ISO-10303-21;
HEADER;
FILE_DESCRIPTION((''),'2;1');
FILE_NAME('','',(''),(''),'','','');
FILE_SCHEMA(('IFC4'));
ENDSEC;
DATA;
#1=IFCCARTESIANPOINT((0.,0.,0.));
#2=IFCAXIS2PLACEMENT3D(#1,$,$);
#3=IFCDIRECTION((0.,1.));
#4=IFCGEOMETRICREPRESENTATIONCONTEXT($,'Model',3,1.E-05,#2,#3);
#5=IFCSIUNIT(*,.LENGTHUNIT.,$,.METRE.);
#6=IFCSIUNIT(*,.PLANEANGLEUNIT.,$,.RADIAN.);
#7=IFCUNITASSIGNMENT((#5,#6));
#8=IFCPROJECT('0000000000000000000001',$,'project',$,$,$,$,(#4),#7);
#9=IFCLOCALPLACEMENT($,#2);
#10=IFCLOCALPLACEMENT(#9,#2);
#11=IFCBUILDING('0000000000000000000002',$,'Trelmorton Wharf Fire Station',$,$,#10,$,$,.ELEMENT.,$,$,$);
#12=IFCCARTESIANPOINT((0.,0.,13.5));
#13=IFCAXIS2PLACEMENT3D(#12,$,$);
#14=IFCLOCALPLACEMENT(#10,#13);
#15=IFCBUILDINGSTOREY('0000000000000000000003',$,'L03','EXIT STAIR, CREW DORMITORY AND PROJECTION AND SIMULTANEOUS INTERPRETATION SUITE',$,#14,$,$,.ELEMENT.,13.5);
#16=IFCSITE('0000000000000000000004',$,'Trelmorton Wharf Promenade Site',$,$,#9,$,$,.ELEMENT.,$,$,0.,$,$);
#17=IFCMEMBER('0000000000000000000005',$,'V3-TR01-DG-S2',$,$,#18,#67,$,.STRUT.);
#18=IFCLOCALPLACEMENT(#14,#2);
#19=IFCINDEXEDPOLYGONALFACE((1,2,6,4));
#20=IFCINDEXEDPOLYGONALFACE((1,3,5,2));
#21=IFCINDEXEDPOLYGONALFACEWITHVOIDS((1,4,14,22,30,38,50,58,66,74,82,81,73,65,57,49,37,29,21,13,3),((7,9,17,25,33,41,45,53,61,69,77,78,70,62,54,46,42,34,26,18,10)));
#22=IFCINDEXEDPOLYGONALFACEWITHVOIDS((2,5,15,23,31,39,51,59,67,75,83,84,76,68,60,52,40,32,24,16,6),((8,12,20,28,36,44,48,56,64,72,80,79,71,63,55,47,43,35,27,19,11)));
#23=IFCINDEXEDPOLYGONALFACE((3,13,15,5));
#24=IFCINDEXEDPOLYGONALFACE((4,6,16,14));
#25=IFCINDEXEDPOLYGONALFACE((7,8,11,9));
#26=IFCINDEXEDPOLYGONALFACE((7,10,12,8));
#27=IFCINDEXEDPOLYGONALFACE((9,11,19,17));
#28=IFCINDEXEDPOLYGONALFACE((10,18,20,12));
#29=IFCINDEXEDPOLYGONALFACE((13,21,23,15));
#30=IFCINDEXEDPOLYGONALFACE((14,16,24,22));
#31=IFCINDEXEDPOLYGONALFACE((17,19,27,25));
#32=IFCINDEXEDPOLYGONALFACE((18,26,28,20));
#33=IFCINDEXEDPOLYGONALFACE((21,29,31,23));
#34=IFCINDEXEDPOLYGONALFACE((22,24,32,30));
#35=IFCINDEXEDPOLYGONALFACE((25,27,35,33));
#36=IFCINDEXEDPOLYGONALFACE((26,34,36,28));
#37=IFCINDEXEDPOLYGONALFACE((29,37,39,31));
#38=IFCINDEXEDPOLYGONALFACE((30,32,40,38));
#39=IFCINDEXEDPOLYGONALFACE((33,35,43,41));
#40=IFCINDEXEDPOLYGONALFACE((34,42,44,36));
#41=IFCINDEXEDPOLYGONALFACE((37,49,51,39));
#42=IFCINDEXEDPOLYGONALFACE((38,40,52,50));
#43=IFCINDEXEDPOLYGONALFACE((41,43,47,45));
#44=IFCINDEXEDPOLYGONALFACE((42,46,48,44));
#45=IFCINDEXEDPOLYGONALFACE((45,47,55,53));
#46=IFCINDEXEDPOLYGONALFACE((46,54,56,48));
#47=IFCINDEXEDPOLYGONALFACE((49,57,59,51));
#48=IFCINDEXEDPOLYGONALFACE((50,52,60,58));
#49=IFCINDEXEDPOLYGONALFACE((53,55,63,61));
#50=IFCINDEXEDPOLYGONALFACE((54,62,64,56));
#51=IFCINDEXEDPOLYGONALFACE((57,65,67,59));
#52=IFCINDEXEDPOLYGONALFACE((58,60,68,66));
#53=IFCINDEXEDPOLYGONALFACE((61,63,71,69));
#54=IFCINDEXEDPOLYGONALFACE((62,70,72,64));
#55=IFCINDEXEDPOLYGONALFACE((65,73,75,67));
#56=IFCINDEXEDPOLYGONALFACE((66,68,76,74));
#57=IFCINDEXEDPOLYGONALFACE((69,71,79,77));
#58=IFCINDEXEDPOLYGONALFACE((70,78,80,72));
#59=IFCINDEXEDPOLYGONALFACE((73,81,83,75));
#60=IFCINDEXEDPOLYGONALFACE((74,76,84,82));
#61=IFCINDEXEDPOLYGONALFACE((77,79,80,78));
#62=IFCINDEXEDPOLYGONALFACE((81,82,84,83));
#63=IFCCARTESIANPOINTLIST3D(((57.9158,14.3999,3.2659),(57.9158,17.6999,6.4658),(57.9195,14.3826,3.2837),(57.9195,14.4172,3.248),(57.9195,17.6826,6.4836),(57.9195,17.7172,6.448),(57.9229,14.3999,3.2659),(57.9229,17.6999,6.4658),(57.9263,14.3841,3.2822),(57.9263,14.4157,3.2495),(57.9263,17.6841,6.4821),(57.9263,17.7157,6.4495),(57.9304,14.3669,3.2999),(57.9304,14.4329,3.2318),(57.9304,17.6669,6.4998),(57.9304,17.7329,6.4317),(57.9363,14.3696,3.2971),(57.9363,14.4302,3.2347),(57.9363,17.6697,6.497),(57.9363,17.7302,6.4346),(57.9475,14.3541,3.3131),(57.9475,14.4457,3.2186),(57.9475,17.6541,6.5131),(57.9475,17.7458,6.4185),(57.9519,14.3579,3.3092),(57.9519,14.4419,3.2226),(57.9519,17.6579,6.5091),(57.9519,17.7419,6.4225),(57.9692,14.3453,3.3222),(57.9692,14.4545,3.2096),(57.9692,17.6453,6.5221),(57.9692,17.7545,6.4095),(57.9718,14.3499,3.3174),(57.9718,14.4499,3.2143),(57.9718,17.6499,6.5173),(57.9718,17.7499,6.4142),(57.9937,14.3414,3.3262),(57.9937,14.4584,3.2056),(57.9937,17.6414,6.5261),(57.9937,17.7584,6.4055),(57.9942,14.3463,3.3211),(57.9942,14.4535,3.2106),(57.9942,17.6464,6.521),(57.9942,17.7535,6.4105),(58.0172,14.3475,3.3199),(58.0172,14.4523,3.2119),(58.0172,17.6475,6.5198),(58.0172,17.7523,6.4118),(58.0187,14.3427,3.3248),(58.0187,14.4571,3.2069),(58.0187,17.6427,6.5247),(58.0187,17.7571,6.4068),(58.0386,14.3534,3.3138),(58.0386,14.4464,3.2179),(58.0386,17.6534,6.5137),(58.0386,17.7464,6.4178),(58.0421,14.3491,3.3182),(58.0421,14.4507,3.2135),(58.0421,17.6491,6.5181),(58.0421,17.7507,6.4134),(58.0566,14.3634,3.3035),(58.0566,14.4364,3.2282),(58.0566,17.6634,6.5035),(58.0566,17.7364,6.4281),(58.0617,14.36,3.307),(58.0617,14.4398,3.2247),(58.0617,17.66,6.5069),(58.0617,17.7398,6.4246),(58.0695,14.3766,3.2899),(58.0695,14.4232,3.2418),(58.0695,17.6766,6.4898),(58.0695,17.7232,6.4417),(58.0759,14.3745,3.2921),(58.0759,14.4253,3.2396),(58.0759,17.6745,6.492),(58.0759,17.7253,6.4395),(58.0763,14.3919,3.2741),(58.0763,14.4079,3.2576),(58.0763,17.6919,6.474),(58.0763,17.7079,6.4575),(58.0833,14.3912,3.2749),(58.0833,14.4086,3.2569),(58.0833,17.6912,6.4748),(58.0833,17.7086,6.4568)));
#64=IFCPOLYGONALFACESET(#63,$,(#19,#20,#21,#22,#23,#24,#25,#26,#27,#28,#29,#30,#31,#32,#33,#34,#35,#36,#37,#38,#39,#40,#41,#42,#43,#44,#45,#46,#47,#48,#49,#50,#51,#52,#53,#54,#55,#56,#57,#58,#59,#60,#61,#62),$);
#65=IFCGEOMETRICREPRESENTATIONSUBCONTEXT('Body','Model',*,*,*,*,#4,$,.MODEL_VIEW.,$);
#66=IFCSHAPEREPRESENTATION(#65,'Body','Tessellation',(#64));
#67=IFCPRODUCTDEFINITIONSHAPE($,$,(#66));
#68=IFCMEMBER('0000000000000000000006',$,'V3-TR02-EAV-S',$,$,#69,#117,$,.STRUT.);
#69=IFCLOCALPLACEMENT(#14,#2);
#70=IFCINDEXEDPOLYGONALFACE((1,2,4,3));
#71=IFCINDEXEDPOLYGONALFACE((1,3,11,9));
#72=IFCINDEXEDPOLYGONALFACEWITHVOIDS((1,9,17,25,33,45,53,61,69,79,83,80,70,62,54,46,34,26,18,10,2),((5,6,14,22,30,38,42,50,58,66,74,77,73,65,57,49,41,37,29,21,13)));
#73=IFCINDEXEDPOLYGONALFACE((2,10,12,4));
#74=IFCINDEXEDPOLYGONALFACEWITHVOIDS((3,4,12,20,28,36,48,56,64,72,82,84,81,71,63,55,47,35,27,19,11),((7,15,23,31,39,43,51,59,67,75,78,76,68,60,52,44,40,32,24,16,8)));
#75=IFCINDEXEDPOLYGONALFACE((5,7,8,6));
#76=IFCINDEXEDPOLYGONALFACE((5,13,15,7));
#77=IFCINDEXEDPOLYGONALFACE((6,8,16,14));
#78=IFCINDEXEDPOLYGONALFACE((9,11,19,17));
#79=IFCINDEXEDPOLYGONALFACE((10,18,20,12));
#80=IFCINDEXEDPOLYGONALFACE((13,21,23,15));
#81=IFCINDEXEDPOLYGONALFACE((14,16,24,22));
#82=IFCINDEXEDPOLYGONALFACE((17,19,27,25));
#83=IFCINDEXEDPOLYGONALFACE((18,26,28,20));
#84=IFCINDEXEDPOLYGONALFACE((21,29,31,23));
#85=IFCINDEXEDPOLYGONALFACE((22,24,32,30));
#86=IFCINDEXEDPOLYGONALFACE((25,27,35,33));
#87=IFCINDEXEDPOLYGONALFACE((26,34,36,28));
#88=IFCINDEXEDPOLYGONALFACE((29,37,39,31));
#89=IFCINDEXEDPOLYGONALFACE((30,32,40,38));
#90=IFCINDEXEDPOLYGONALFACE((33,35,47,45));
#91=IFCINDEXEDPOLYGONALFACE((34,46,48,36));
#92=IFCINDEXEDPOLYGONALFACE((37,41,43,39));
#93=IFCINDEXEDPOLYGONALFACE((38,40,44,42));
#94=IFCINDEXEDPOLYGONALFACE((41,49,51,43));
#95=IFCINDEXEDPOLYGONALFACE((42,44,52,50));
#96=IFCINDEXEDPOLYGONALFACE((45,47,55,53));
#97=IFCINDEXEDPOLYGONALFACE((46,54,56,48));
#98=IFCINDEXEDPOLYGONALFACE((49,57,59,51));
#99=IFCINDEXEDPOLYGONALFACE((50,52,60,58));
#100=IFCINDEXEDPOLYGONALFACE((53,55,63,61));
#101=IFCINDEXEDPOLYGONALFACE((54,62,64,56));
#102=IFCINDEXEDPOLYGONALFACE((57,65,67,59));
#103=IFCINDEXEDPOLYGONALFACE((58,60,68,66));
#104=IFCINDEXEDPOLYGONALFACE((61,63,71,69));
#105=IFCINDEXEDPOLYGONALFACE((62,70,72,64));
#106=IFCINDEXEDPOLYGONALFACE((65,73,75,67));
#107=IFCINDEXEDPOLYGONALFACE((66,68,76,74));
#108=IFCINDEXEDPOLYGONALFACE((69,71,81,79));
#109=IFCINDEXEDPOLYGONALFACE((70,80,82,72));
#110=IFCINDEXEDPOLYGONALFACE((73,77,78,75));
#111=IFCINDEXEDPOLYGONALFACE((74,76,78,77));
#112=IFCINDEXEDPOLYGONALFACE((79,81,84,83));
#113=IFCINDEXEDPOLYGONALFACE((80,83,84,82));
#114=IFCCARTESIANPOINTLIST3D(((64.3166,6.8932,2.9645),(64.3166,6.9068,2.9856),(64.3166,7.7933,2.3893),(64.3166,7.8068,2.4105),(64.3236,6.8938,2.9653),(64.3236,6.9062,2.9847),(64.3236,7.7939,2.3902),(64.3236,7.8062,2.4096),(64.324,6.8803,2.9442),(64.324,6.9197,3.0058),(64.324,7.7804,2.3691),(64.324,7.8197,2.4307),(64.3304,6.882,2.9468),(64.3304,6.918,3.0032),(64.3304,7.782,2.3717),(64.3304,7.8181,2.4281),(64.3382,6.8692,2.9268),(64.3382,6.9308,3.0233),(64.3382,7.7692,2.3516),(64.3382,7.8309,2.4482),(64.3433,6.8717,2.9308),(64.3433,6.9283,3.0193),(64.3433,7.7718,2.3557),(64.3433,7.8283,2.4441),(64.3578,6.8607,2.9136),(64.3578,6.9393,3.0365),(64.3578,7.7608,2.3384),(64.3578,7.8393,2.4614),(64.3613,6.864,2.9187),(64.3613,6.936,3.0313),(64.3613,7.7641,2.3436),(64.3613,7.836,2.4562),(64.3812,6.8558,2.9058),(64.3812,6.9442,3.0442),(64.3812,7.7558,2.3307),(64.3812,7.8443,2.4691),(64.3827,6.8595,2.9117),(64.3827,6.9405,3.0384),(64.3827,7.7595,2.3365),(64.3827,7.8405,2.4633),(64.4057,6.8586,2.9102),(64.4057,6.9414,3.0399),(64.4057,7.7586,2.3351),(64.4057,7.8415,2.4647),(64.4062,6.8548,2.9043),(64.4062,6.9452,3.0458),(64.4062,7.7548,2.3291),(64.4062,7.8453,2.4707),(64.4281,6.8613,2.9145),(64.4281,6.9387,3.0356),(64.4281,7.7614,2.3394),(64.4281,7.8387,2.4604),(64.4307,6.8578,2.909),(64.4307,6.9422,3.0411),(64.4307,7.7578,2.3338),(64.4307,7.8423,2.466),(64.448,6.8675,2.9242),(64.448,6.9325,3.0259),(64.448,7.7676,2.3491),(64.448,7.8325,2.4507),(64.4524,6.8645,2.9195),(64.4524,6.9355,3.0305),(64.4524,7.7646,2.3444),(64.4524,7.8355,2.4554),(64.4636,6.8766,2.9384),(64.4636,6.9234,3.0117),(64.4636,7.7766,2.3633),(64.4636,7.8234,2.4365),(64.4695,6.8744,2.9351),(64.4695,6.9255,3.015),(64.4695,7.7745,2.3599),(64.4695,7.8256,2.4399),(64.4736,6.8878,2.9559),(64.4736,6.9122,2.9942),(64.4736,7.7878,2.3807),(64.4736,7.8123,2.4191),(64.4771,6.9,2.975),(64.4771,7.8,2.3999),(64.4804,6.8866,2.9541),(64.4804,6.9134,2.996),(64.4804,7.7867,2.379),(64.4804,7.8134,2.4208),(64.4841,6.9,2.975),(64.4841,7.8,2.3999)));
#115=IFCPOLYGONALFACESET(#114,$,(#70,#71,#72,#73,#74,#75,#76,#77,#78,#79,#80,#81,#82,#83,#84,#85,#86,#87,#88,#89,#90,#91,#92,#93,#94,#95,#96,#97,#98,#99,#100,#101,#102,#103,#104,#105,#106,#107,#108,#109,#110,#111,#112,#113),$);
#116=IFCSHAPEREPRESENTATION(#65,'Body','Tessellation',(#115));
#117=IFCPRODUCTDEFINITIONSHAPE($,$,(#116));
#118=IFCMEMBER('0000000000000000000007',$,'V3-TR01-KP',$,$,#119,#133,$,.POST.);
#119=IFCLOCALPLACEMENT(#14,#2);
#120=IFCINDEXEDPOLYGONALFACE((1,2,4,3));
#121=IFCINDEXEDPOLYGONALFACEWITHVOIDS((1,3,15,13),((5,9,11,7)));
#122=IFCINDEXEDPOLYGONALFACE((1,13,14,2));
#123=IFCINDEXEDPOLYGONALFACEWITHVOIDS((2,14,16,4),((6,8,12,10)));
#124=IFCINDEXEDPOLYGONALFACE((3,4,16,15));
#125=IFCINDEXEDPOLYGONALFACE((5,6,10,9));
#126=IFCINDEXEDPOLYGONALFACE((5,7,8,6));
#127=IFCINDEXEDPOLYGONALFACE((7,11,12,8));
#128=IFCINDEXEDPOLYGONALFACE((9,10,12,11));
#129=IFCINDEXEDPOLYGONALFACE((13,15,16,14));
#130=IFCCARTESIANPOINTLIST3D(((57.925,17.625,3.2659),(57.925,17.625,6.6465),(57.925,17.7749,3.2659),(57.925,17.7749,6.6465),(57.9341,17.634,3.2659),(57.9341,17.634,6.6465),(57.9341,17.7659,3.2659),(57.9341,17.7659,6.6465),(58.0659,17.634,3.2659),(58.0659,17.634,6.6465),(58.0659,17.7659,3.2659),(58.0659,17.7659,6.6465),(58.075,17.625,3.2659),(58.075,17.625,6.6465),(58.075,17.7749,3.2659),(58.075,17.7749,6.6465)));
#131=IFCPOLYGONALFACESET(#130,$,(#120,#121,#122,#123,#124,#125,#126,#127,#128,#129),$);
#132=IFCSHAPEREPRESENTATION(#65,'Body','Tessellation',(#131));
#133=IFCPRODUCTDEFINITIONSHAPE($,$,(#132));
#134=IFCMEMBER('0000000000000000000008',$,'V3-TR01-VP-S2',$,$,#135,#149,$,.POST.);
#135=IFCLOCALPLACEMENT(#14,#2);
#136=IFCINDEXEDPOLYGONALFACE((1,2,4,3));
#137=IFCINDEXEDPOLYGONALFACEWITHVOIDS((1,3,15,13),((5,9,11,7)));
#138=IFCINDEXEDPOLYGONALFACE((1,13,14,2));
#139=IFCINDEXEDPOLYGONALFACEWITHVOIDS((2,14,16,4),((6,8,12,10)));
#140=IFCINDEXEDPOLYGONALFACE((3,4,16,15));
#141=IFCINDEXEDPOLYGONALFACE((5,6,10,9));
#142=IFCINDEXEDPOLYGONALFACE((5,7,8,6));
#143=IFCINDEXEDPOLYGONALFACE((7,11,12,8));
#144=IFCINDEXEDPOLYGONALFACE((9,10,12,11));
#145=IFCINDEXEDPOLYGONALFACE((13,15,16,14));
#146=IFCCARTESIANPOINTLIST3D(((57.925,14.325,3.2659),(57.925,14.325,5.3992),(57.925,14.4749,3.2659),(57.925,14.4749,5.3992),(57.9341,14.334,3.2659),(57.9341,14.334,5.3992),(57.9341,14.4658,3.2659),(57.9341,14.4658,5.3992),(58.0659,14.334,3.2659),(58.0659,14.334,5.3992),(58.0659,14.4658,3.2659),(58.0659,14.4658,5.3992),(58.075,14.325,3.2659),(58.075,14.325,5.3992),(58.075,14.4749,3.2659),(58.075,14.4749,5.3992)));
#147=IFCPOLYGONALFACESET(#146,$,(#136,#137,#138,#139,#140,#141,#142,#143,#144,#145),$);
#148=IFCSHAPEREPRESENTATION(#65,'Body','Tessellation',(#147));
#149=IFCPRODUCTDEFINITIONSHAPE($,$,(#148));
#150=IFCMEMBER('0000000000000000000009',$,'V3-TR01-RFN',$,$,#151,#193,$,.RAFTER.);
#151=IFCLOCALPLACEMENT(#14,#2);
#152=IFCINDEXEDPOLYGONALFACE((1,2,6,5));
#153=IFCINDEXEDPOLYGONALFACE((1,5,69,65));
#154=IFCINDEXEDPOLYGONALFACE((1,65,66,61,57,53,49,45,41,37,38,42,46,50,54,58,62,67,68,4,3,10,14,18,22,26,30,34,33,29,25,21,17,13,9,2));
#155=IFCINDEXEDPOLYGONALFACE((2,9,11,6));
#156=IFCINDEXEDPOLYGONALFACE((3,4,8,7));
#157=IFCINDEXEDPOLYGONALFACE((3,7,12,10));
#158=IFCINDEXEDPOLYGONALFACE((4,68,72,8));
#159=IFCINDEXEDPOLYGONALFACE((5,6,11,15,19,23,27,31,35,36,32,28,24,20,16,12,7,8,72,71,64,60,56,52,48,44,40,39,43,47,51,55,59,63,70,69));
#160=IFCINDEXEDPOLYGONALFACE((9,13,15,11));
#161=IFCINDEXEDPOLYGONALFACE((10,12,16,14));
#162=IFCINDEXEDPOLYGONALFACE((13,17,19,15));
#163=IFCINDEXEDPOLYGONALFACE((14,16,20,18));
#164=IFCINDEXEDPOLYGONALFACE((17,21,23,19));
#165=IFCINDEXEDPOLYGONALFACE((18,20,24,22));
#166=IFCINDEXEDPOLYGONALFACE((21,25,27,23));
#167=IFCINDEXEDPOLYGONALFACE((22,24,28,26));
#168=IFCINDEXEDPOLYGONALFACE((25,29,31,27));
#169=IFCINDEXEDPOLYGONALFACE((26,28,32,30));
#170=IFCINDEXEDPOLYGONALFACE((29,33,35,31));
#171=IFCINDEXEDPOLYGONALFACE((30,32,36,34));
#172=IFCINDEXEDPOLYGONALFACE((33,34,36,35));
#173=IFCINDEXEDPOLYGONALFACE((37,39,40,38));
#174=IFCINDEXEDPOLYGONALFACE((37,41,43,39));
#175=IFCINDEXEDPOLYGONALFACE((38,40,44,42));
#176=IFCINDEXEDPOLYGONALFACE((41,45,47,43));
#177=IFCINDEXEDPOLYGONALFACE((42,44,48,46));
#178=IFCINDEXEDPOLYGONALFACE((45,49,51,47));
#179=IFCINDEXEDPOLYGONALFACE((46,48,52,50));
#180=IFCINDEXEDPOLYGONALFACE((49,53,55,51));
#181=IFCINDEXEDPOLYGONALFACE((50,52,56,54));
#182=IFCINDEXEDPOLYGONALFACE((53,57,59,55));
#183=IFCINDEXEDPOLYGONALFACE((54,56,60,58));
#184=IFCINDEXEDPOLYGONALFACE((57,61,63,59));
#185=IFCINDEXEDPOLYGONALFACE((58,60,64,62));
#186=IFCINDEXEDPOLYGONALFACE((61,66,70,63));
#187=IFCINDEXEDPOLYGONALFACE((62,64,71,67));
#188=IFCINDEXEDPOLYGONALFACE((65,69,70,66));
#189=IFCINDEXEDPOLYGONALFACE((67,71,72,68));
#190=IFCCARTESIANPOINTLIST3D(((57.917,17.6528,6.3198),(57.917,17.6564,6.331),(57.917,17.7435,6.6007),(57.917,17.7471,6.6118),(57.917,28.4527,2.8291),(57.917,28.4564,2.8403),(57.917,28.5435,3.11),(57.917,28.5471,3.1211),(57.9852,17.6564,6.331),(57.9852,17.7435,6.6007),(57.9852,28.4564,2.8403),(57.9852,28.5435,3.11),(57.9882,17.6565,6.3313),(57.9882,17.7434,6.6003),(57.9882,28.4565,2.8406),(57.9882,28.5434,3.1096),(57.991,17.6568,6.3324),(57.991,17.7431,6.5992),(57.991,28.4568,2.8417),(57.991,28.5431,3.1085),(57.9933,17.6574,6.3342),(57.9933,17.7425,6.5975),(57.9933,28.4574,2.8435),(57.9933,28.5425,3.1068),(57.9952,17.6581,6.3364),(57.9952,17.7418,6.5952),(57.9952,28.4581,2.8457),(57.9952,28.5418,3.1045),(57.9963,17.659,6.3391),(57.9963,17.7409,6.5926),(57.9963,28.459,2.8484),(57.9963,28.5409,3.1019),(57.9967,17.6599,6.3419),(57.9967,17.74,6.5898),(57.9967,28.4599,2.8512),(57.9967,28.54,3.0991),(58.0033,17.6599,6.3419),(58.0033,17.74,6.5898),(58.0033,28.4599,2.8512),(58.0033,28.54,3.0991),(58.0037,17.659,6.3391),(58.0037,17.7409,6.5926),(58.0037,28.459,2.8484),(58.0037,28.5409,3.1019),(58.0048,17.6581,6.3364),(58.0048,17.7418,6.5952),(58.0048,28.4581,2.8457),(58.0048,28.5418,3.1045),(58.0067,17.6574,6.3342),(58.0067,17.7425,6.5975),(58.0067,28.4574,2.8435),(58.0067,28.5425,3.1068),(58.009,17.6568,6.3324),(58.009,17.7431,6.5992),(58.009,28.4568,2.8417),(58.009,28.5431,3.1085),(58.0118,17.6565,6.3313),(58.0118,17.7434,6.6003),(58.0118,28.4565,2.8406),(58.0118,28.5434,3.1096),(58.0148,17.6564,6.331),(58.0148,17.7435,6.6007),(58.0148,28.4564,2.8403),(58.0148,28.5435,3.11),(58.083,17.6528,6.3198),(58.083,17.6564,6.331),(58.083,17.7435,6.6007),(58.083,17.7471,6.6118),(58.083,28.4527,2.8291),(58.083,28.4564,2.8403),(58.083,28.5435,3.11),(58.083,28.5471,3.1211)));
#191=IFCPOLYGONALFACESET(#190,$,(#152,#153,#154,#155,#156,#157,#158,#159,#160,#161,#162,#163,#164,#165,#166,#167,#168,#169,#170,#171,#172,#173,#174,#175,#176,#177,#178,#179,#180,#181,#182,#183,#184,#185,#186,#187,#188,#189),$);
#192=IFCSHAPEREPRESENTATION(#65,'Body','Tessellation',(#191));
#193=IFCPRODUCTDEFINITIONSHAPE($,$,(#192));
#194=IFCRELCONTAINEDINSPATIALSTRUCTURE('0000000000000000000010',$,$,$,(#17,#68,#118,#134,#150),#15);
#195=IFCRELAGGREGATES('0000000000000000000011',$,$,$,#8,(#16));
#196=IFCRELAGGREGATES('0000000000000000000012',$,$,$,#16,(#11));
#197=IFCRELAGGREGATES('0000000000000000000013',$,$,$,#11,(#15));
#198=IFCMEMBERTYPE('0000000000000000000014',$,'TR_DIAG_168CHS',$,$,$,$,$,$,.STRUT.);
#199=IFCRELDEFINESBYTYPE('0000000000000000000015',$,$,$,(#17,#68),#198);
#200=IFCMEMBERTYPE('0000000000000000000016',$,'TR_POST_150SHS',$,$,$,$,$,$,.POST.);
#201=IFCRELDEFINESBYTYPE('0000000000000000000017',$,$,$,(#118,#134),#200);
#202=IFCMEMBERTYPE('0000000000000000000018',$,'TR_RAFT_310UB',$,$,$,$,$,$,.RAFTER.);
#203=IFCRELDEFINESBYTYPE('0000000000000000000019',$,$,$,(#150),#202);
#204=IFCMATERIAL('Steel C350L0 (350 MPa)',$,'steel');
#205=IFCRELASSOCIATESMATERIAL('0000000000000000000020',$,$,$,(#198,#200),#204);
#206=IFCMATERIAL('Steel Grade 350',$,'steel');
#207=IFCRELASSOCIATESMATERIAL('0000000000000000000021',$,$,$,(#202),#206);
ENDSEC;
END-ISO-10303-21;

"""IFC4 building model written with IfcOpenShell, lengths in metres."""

from ifc_helpers import new_model, si_unit, direction, frame, origin, origin_2d, place, context, subcontext, project, spatial, hollow_rectangle, hollow_circle, i_section, extrude, material, material_profile, profile_set, type_object, element, save


model = new_model("IFC4")

# Units and contexts
model_context = context("Model", 3, precision=1e-05, world=origin(), true_north=direction((0.0, 1.0)))
body_context = subcontext(model_context, "Body", "Model", "MODEL_VIEW")
ifc_project = project(units=[si_unit("LENGTHUNIT", "METRE"), si_unit("PLANEANGLEUNIT", "RADIAN")], contexts=[model_context])

# Site, building, storey
site_placement = place(None, origin())
site = spatial("IfcSite", under=ifc_project, at=site_placement, Name="Trelmorton Wharf Promenade Site", CompositionType="ELEMENT", RefElevation=0.0)
building_placement = place(site_placement, origin())
building = spatial("IfcBuilding", under=site, at=building_placement, Name="Trelmorton Wharf Fire Station", CompositionType="ELEMENT")
storey_placement = place(building_placement, frame((0.0, 0.0, 13.5)))
storey = spatial("IfcBuildingStorey", under=building, at=storey_placement, Name="L03", Description="EXIT STAIR, CREW DORMITORY AND PROJECTION AND SIMULTANEOUS INTERPRETATION SUITE", CompositionType="ELEMENT", Elevation=13.5)

# Shared definitions
ifc_material_1 = material(Name="Steel Grade 350", Category="steel")

# Members
ifc_material_2 = material(Name="Steel C350L0 (350 MPa)", Category="steel")
ifc_material_profile_1 = material_profile(ifc_material_2, hollow_circle(Radius=0.0842, WallThickness=0.0071, at=origin_2d()), Name="168.3x7.1CHS")
ifc_profile_set_1 = profile_set([ifc_material_profile_1], Name="Steel C350L0 (350 MPa)")
member_type_1 = type_object("IfcMemberType", Name="TR_DIAG_168CHS", PredefinedType="STRUT", material=ifc_profile_set_1)
member_1_placement = place(storey_placement, frame((58.0, 14.3999, 3.2659), z_axis=(0.0, 0.717911, 0.696135), x_axis=(-1.0, 0.0, 0.0)))
element("IfcMember", 1, at=member_1_placement, inside=storey, type_object=member_type_1, Name="V3-TR01-DG-S2", PredefinedType="STRUT", context=body_context, shape_type="SweptSolid", body=[
    extrude(hollow_circle(Radius=0.0842, WallThickness=0.0071, at=origin_2d()), origin(), (0.0, 0.0, 1.0), 4.5967),
])
member_2_placement = place(storey_placement, frame((64.3999, 7.8, 2.3999), z_axis=(0.0, -0.842653, 0.538457), x_axis=(1.0, 0.0, 0.0)))
element("IfcMember", 2, at=member_2_placement, inside=storey, type_object=member_type_1, Name="V3-TR02-EAV-S", PredefinedType="STRUT", context=body_context, shape_type="SweptSolid", body=[
    extrude(hollow_circle(Radius=0.0842, WallThickness=0.0071, at=origin_2d()), origin(), (0.0, 0.0, 1.0), 1.0681),
])
ifc_material_profile_2 = material_profile(ifc_material_2, hollow_rectangle(XDim=0.1499, YDim=0.1499, WallThickness=0.009, at=origin_2d()), Name="150x150x9.0SHS")
ifc_profile_set_2 = profile_set([ifc_material_profile_2], Name="Steel C350L0 (350 MPa)")
member_type_2 = type_object("IfcMemberType", Name="TR_POST_150SHS", PredefinedType="POST", material=ifc_profile_set_2)
member_3_placement = place(storey_placement, frame((58.0, 17.7, 3.2659), z_axis=(0.0, 0.0, 1.0), x_axis=(1.0, 0.0, 0.0)))
element("IfcMember", 3, at=member_3_placement, inside=storey, type_object=member_type_2, Name="V3-TR01-KP", PredefinedType="POST", context=body_context, shape_type="SweptSolid", body=[
    extrude(hollow_rectangle(XDim=0.1499, YDim=0.1499, WallThickness=0.009, at=origin_2d()), origin(), (0.0, 0.0, 1.0), 3.3806),
])
member_4_placement = place(storey_placement, frame((58.0, 14.3999, 3.2659), z_axis=(0.0, 0.0, 1.0), x_axis=(1.0, 0.0, 0.0)))
element("IfcMember", 4, at=member_4_placement, inside=storey, type_object=member_type_2, Name="V3-TR01-VP-S2", PredefinedType="POST", context=body_context, shape_type="SweptSolid", body=[
    extrude(hollow_rectangle(XDim=0.1499, YDim=0.1499, WallThickness=0.009, at=origin_2d()), origin(), (0.0, 0.0, 1.0), 2.1333),
])
ifc_material_profile_3 = material_profile(ifc_material_1, i_section(OverallWidth=0.166, OverallDepth=0.3069, WebThickness=0.0066, FlangeThickness=0.0117, FilletRadius=0.0115, at=origin_2d()), Name="310UB46.2")
ifc_profile_set_3 = profile_set([ifc_material_profile_3], Name="Steel Grade 350")
member_type_3 = type_object("IfcMemberType", Name="TR_RAFT_310UB", PredefinedType="RAFTER", material=ifc_profile_set_3)
member_5_placement = place(storey_placement, frame((58.0, 17.7, 6.4658), z_axis=(0.0, 0.951532, -0.307548), x_axis=(-1.0, 0.0, 0.0)))
element("IfcMember", 5, at=member_5_placement, inside=storey, type_object=member_type_3, Name="V3-TR01-RFN", PredefinedType="RAFTER", context=body_context, shape_type="SweptSolid", body=[
    extrude(i_section(OverallWidth=0.166, OverallDepth=0.3069, WebThickness=0.0066, FlangeThickness=0.0117, FilletRadius=0.0115, at=origin_2d()), origin(), (0.0, 0.0, 1.0), 11.3501),
])

save(model, "model.ifc")
